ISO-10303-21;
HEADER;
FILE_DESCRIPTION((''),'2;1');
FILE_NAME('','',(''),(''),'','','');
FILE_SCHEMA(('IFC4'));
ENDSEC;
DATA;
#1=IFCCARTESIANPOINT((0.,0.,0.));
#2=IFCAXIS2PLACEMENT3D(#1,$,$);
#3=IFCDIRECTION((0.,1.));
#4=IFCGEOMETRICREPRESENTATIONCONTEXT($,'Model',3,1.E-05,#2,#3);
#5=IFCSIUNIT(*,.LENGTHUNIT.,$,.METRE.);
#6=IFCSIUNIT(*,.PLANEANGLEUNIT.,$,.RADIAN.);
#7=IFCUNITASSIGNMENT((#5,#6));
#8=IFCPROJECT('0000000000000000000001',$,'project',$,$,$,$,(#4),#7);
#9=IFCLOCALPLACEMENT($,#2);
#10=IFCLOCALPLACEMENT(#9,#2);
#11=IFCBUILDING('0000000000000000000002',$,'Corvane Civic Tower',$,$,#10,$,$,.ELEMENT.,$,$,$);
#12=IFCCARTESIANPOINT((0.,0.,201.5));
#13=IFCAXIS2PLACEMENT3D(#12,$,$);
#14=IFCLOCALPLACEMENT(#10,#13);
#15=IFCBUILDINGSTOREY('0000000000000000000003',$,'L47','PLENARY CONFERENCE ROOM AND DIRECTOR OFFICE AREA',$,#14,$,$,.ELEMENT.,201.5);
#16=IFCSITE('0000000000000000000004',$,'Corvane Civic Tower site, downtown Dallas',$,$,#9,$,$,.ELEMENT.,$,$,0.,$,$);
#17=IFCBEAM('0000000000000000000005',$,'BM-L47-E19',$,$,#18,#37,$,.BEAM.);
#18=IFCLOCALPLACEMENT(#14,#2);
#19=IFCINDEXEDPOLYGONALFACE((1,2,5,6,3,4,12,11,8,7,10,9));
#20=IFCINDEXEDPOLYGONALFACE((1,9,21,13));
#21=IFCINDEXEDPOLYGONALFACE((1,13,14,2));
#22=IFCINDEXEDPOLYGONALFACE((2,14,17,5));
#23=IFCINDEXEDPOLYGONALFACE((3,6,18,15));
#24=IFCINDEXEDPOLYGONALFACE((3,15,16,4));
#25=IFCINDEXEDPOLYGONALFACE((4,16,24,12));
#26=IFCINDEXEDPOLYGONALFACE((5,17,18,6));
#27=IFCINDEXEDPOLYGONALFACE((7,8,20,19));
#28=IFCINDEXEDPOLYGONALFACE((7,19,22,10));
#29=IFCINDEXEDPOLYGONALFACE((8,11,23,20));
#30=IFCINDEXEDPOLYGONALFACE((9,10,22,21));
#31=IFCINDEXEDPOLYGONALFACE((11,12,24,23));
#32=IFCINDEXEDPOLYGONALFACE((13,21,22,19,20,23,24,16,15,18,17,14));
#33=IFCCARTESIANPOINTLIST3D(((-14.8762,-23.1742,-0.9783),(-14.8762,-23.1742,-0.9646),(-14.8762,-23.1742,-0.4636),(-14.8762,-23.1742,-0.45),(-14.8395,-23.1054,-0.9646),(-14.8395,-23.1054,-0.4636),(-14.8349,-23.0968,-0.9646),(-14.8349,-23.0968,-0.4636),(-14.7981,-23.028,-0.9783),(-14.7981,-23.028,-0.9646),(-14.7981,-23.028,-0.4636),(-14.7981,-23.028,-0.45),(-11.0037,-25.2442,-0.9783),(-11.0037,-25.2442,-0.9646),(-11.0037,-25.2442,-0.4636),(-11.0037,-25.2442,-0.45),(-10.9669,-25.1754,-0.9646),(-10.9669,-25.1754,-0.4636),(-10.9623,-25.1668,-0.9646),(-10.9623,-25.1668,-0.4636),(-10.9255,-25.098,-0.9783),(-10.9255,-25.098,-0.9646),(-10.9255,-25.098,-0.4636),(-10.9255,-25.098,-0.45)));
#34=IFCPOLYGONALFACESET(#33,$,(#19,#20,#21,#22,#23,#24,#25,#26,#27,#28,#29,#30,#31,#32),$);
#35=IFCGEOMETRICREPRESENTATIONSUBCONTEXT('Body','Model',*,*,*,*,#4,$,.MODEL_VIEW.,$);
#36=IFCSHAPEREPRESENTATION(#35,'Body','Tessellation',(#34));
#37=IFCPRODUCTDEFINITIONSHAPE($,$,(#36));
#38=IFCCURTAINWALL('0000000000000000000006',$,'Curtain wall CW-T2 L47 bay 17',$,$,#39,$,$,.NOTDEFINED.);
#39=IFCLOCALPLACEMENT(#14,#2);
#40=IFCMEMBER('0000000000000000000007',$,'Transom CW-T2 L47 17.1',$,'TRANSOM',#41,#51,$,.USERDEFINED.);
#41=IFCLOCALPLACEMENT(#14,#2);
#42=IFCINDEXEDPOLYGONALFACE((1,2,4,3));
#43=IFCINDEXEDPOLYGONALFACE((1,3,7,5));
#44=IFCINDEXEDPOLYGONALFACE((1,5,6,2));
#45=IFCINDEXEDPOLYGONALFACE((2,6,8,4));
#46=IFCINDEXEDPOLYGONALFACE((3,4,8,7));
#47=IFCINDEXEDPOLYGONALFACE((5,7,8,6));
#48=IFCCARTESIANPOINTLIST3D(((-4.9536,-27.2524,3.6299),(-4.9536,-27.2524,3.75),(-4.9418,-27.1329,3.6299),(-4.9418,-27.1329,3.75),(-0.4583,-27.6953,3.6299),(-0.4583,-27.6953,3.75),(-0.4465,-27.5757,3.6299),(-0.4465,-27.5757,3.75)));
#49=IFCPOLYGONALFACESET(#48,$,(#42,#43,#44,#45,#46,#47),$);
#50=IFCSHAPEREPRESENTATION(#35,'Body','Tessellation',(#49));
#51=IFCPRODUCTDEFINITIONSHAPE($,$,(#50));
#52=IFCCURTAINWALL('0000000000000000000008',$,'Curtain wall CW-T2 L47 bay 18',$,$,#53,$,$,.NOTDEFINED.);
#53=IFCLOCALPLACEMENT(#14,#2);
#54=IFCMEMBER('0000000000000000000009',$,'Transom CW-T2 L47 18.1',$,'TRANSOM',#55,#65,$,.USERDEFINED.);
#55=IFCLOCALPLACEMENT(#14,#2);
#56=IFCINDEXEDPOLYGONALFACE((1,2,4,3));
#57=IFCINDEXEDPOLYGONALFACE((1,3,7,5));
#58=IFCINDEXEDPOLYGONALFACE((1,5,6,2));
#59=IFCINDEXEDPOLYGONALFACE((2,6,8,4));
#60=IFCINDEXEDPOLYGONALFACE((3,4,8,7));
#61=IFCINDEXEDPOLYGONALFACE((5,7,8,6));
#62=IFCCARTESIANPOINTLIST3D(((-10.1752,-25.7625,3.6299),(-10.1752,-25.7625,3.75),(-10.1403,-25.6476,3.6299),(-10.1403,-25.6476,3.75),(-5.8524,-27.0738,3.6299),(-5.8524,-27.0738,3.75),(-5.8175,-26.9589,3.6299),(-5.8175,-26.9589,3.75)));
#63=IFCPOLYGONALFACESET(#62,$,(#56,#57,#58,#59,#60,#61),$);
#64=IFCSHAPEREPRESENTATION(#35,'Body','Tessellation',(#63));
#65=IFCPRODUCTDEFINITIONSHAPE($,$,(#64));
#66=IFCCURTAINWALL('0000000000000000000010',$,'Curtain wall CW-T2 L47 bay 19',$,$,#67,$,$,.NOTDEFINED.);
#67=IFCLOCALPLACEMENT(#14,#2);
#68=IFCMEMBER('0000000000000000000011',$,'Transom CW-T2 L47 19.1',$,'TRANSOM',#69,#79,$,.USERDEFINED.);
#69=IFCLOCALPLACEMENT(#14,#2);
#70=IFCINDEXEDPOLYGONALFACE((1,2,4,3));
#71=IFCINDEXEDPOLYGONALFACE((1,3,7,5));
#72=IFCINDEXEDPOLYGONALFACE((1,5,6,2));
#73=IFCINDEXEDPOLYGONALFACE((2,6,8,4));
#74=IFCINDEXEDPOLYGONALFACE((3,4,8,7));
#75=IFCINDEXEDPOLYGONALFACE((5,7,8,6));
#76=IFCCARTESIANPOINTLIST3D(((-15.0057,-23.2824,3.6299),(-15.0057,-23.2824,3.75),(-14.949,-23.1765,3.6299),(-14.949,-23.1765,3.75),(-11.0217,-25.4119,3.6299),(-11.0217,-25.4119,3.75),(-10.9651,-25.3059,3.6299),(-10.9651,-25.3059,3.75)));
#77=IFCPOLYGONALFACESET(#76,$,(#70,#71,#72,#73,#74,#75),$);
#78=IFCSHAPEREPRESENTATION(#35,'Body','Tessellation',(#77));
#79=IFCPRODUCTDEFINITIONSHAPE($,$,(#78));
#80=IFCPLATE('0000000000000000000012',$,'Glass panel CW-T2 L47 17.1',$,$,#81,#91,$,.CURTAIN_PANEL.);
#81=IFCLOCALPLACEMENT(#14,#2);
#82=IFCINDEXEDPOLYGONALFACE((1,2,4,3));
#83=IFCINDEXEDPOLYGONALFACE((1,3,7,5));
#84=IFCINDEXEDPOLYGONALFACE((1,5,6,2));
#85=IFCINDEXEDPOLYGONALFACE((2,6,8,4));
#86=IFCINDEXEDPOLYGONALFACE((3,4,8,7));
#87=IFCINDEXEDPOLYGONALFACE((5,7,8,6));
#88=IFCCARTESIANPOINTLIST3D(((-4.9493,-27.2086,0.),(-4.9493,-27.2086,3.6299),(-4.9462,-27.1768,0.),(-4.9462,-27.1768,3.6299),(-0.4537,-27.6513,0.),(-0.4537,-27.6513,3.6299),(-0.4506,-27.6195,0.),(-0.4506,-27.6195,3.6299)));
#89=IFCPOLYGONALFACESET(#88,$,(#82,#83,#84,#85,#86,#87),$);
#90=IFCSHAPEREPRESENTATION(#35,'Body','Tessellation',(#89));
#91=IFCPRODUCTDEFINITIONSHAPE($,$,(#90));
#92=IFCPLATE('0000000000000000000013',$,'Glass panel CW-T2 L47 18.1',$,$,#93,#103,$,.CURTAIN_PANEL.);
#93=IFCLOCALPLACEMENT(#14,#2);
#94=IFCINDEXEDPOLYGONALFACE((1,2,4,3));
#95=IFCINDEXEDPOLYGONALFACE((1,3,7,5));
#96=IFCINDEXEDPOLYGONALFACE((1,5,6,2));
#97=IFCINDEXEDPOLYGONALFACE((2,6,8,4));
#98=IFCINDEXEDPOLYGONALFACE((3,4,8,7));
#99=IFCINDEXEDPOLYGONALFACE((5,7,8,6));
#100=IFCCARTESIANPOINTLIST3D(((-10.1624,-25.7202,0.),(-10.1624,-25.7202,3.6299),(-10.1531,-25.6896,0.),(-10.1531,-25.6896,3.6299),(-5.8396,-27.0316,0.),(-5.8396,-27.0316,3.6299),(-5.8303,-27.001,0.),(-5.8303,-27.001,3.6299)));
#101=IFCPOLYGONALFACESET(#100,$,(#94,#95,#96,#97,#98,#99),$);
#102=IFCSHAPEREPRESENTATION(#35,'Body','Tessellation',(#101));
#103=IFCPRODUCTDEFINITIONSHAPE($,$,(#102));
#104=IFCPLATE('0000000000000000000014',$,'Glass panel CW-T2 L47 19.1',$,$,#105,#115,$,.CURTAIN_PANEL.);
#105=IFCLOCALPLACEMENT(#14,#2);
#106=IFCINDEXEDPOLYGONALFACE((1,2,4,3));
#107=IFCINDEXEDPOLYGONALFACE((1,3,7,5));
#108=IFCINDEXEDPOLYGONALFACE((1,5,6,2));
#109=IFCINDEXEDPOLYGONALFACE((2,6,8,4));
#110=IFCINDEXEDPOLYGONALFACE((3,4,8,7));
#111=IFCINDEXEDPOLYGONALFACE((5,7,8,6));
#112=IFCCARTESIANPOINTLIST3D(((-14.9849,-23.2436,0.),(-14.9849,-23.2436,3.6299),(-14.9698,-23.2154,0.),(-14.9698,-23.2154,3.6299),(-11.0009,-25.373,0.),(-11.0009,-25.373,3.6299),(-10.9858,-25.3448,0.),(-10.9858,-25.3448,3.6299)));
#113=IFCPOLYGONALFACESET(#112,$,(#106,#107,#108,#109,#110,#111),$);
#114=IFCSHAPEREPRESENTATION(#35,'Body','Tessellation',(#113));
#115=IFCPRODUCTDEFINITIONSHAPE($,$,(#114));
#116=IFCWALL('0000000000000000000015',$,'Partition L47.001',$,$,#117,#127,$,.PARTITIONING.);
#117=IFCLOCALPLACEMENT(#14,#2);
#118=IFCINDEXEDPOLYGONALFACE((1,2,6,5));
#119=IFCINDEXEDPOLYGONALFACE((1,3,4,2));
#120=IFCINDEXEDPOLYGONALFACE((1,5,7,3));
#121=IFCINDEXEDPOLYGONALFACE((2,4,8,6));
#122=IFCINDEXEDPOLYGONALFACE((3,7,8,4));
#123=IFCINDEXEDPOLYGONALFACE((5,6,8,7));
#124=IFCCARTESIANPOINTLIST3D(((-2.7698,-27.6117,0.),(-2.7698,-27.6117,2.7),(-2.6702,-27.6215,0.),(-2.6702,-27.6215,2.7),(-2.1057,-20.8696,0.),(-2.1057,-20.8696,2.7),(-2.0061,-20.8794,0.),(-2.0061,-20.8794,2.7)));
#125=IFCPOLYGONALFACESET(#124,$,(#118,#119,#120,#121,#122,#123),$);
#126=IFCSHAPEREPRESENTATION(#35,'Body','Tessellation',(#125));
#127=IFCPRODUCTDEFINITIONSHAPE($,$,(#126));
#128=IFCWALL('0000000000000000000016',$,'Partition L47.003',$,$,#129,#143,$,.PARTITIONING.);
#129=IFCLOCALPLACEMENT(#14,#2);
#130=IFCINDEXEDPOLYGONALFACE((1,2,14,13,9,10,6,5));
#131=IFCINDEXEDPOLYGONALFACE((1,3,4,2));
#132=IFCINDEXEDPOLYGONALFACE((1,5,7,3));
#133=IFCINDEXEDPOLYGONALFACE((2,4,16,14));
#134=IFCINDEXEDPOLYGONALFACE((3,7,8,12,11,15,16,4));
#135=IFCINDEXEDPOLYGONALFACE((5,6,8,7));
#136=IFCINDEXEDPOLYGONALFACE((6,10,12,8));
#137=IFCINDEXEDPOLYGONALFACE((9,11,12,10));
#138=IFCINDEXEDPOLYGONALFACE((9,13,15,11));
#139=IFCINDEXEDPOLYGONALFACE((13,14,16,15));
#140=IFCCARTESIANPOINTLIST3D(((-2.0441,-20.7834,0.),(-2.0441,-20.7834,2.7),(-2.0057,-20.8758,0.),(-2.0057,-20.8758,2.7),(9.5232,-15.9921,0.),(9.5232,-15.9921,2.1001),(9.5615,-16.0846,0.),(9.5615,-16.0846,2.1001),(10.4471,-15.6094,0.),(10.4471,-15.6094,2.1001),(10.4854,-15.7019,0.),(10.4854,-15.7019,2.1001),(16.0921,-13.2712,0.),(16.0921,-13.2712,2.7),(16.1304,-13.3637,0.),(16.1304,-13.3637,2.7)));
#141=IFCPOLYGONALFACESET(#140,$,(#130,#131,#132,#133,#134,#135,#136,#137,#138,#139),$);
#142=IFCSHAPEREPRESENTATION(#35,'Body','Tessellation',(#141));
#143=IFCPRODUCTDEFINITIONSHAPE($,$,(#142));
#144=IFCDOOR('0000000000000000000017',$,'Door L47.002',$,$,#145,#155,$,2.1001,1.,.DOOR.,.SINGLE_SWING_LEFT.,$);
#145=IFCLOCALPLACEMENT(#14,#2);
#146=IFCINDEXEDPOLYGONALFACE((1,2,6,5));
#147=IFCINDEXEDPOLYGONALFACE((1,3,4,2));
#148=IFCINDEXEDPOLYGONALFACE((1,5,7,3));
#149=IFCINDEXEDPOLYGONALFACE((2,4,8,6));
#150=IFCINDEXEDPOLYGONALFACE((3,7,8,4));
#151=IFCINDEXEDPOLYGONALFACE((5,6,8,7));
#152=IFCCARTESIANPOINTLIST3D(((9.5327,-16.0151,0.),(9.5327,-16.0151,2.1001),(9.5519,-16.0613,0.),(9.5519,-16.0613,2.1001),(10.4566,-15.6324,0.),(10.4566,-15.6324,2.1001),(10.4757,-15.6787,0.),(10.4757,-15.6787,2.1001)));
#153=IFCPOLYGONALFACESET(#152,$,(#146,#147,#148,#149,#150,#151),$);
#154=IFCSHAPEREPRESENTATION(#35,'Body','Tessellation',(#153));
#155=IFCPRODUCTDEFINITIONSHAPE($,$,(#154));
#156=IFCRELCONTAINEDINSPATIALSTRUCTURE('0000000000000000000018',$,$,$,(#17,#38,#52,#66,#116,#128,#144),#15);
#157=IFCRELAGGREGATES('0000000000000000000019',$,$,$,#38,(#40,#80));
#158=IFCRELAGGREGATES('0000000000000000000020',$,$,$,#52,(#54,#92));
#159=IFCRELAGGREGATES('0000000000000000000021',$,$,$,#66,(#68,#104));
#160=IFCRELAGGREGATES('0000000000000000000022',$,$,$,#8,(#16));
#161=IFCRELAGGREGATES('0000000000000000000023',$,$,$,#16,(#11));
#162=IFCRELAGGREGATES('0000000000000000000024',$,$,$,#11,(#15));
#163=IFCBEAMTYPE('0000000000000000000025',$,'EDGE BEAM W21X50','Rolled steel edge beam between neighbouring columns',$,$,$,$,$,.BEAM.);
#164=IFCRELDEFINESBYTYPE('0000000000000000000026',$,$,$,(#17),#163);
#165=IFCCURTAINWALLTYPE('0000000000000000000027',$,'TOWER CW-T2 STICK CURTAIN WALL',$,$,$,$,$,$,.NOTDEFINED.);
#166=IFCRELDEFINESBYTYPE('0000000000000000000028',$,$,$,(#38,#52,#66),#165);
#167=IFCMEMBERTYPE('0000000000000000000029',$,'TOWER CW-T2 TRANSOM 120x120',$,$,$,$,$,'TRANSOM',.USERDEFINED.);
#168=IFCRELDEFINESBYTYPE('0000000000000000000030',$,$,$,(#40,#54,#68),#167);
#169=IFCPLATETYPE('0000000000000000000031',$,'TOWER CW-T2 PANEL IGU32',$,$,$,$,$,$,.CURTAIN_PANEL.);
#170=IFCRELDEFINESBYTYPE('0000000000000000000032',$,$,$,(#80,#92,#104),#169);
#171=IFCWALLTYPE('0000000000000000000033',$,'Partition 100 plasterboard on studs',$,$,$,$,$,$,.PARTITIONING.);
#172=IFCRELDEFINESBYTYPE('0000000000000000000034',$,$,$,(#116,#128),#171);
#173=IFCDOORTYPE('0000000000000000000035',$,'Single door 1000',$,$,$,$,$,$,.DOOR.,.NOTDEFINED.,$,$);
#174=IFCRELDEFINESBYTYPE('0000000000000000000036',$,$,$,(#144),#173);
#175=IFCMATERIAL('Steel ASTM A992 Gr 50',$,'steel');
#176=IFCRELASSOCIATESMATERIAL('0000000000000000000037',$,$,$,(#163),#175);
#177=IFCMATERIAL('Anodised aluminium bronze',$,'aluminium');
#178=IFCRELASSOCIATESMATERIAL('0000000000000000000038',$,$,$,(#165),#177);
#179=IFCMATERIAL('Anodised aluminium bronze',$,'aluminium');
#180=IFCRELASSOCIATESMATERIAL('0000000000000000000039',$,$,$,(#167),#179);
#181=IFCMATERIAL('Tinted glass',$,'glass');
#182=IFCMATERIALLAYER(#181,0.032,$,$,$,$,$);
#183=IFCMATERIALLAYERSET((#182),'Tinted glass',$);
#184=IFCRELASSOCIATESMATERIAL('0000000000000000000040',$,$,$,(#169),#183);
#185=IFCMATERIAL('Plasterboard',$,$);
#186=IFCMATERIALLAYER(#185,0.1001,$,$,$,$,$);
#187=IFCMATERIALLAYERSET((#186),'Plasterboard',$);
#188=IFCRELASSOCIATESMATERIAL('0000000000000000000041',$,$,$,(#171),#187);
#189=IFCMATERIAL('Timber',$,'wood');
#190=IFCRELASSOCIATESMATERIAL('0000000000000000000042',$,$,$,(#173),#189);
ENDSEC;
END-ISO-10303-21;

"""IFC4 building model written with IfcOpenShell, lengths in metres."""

from ifc_helpers import new_model, si_unit, direction, frame, frame_2d, origin, origin_2d, place, context, subcontext, project, spatial, rectangle, i_section, extrude, material, layer, layer_set, material_profile, profile_set, type_object, element, fill, aggregate, save


model = new_model("IFC4")

# Units and contexts
model_context = context("Model", 3, precision=1e-05, world=origin(), true_north=direction((0.0, 1.0)))
body_context = subcontext(model_context, "Body", "Model", "MODEL_VIEW")
ifc_project = project(units=[si_unit("LENGTHUNIT", "METRE"), si_unit("PLANEANGLEUNIT", "RADIAN")], contexts=[model_context])

# Site, building, storey
site_placement = place(None, origin())
site = spatial("IfcSite", under=ifc_project, at=site_placement, Name="Corvane Civic Tower site, downtown Dallas", CompositionType="ELEMENT", RefElevation=0.0)
building_placement = place(site_placement, origin())
building = spatial("IfcBuilding", under=site, at=building_placement, Name="Corvane Civic Tower", CompositionType="ELEMENT")
storey_placement = place(building_placement, frame((0.0, 0.0, 201.5)))
storey = spatial("IfcBuildingStorey", under=building, at=storey_placement, Name="L47", Description="PLENARY CONFERENCE ROOM AND DIRECTOR OFFICE AREA", CompositionType="ELEMENT", Elevation=201.5)

# Beam
ifc_material_1 = material(Name="Steel ASTM A992 Gr 50", Category="steel")
ifc_material_profile_1 = material_profile(ifc_material_1, i_section(OverallWidth=0.1658, OverallDepth=0.5283, WebThickness=0.0098, FlangeThickness=0.0137, at=origin_2d()), Name="W21X50")
ifc_profile_set_1 = profile_set([ifc_material_profile_1], Name="Steel ASTM A992 Gr 50")
beam_type = type_object("IfcBeamType", Name="EDGE BEAM W21X50", Description="Rolled steel edge beam between neighbouring columns", PredefinedType="BEAM", material=ifc_profile_set_1)
beam_1_placement = place(storey_placement, frame((-10.9646, -25.1711, -0.7141), z_axis=(-0.881908, 0.471422, 0.0), x_axis=(-0.471422, -0.881908, 0.0)))
element("IfcBeam", 1, at=beam_1_placement, inside=storey, type_object=beam_type, Name="BM-L47-E19", PredefinedType="BEAM", context=body_context, shape_type="SweptSolid", body=[
    extrude(i_section(OverallWidth=0.1658, OverallDepth=0.5283, WebThickness=0.0098, FlangeThickness=0.0137, at=origin_2d()), origin(), (0.0, 0.0, 1.0), 4.3911),
])

# Curtain walls, members
ifc_material_2 = material(Name="Anodised aluminium bronze", Category="aluminium")
curtain_wall_type = type_object("IfcCurtainWallType", Name="TOWER CW-T2 STICK CURTAIN WALL", PredefinedType="NOTDEFINED", material=ifc_material_2)
curtain_wall_1_placement = place(storey_placement, origin())
curtain_wall_1 = element("IfcCurtainWall", 2, at=curtain_wall_1_placement, inside=storey, type_object=curtain_wall_type, Name="Curtain wall CW-T2 L47 bay 17", PredefinedType="NOTDEFINED")
ifc_material_3 = material(Name="Anodised aluminium bronze", Category="aluminium")
ifc_material_profile_2 = material_profile(ifc_material_3, rectangle(XDim=0.1201, YDim=0.1201, at=origin_2d()), Name="TOWER CW-T2 TRANSOM 120x120")
ifc_profile_set_2 = profile_set([ifc_material_profile_2], Name="Anodised aluminium bronze")
member_type = type_object("IfcMemberType", Name="TOWER CW-T2 TRANSOM 120x120", ElementType="TRANSOM", PredefinedType="USERDEFINED", material=ifc_profile_set_2)
member_1_placement = place(storey_placement, frame((-0.4524, -27.6355, 3.6899), z_axis=(-0.995182, 0.098043, 0.0), x_axis=(-0.098043, -0.995182, 0.0)))
member_1 = element("IfcMember", 3, at=member_1_placement, type_object=member_type, Name="Transom CW-T2 L47 17.1", ObjectType="TRANSOM", PredefinedType="USERDEFINED", context=body_context, shape_type="SweptSolid", body=[
    extrude(rectangle(XDim=0.1201, YDim=0.1201, at=origin_2d()), origin(), (0.0, 0.0, 1.0), 4.5171),
])
curtain_wall_2_placement = place(storey_placement, origin())
curtain_wall_2 = element("IfcCurtainWall", 4, at=curtain_wall_2_placement, inside=storey, type_object=curtain_wall_type, Name="Curtain wall CW-T2 L47 bay 18", PredefinedType="NOTDEFINED")
member_2_placement = place(storey_placement, frame((-5.835, -27.0164, 3.6899), z_axis=(-0.956941, 0.290282, 0.0), x_axis=(-0.290282, -0.956941, 0.0)))
member_2 = element("IfcMember", 5, at=member_2_placement, type_object=member_type, Name="Transom CW-T2 L47 18.1", ObjectType="TRANSOM", PredefinedType="USERDEFINED", context=body_context, shape_type="SweptSolid", body=[
    extrude(rectangle(XDim=0.1201, YDim=0.1201, at=origin_2d()), origin(), (0.0, 0.0, 1.0), 4.5173),
])
curtain_wall_3_placement = place(storey_placement, origin())
curtain_wall_3 = element("IfcCurtainWall", 6, at=curtain_wall_3_placement, inside=storey, type_object=curtain_wall_type, Name="Curtain wall CW-T2 L47 bay 19", PredefinedType="NOTDEFINED")
member_3_placement = place(storey_placement, frame((-10.9934, -25.3589, 3.6899), z_axis=(-0.881925, 0.47139, 0.0), x_axis=(-0.47139, -0.881925, 0.0)))
member_3 = element("IfcMember", 7, at=member_3_placement, type_object=member_type, Name="Transom CW-T2 L47 19.1", ObjectType="TRANSOM", PredefinedType="USERDEFINED", context=body_context, shape_type="SweptSolid", body=[
    extrude(rectangle(XDim=0.1201, YDim=0.1201, at=origin_2d()), origin(), (0.0, 0.0, 1.0), 4.5173),
])

# Plates
ifc_material_4 = material(Name="Tinted glass", Category="glass")
ifc_layer_1 = layer(ifc_material_4, 0.032)
ifc_layer_set_1 = layer_set([ifc_layer_1], Name="Tinted glass")
plate_type = type_object("IfcPlateType", Name="TOWER CW-T2 PANEL IGU32", PredefinedType="CURTAIN_PANEL", material=ifc_layer_set_1)
plate_1_placement = place(storey_placement, frame((-2.7, -27.4141, 0.0), z_axis=(0.0, 0.0, 1.0), x_axis=(-0.995187, 0.097993, 0.0)))
plate_1 = element("IfcPlate", 8, at=plate_1_placement, type_object=plate_type, Name="Glass panel CW-T2 L47 17.1", PredefinedType="CURTAIN_PANEL", context=body_context, shape_type="SweptSolid", body=[
    extrude(rectangle(XDim=4.5173, YDim=0.032, at=origin_2d()), origin(), (0.0, 0.0, 1.0), 3.6299),
])
aggregate(curtain_wall_1, [member_1, plate_1])
plate_2_placement = place(storey_placement, frame((-7.9963, -26.3606, 0.0), z_axis=(0.0, 0.0, 1.0), x_axis=(-0.956939, 0.29029, 0.0)))
plate_2 = element("IfcPlate", 9, at=plate_2_placement, type_object=plate_type, Name="Glass panel CW-T2 L47 18.1", PredefinedType="CURTAIN_PANEL", context=body_context, shape_type="SweptSolid", body=[
    extrude(rectangle(XDim=4.5173, YDim=0.032, at=origin_2d()), origin(), (0.0, 0.0, 1.0), 3.6299),
])
aggregate(curtain_wall_2, [member_2, plate_2])
plate_3_placement = place(storey_placement, frame((-12.9854, -24.2942, 0.0), z_axis=(0.0, 0.0, 1.0), x_axis=(-0.88192, 0.471398, 0.0)))
plate_3 = element("IfcPlate", 10, at=plate_3_placement, type_object=plate_type, Name="Glass panel CW-T2 L47 19.1", PredefinedType="CURTAIN_PANEL", context=body_context, shape_type="SweptSolid", body=[
    extrude(rectangle(XDim=4.5173, YDim=0.032, at=origin_2d()), origin(), (0.0, 0.0, 1.0), 3.6299),
])
aggregate(curtain_wall_3, [member_3, plate_3])

# Wall
ifc_material_5 = material(Name="Plasterboard")
ifc_layer_2 = layer(ifc_material_5, 0.1001)
ifc_layer_set_2 = layer_set([ifc_layer_2], Name="Plasterboard")
wall_type = type_object("IfcWallType", Name="Partition 100 plasterboard on studs", PredefinedType="PARTITIONING", material=ifc_layer_set_2)
wall_1_placement = place(storey_placement, frame((-2.72, -27.6165, 0.0), z_axis=(0.0, 0.0, 1.0), x_axis=(0.098023, 0.995184, 0.0)))
element("IfcWall", 11, at=wall_1_placement, inside=storey, type_object=wall_type, Name="Partition L47.001", PredefinedType="PARTITIONING", context=body_context, shape_type="SweptSolid", body=[
    extrude(rectangle(XDim=6.7747, YDim=0.1001, at=frame_2d((3.3872, 0.0))), origin(), (0.0, 0.0, 1.0), 2.7),
])

# Wall, opening, door
wall_2_placement = place(storey_placement, frame((-2.0249, -20.8296, 0.0), z_axis=(0.0, 0.0, 1.0), x_axis=(0.923881, 0.382681, 0.0)))
wall_2 = element("IfcWall", 12, at=wall_2_placement, inside=storey, type_object=wall_type, Name="Partition L47.003", PredefinedType="PARTITIONING", context=body_context, shape_type="SweptSolid", body=[
    extrude(rectangle(XDim=19.6304, YDim=0.1001, at=frame_2d((9.8152, 0.0))), origin(), (0.0, 0.0, 1.0), 2.7),
])
opening_1_placement = place(wall_2_placement, frame((12.5203, 0.0, 0.0)))
opening_1 = element("IfcOpeningElement", 13, at=opening_1_placement, cuts=wall_2, PredefinedType="OPENING", context=body_context, shape_type="SweptSolid", body=[
    extrude(rectangle(XDim=1.0, YDim=2.1001, at=frame_2d((0.5, 1.05))), frame((0.0, 0.0601, 0.0), z_axis=(0.0, -1.0, 0.0), x_axis=(1.0, 0.0, 0.0)), (0.0, 0.0, 1.0), 0.1201),
])
ifc_material_6 = material(Name="Timber", Category="wood")
door_type_1 = type_object("IfcDoorType", Name="Single door 1000", OperationType="NOTDEFINED", PredefinedType="DOOR", material=ifc_material_6)
door_1_placement = place(opening_1_placement, frame((1.0, 0.0, 0.0), z_axis=(0.0, 0.0, 1.0), x_axis=(-1.0, 0.0, 0.0)))
door_1 = element("IfcDoor", 14, at=door_1_placement, inside=storey, type_object=door_type_1, Name="Door L47.002", OperationType="SINGLE_SWING_LEFT", OverallHeight=2.1001, OverallWidth=1.0, PredefinedType="DOOR", context=body_context, shape_type="SweptSolid", body=[
    extrude(rectangle(XDim=1.0, YDim=2.1001, at=frame_2d((0.5, 1.05))), frame((0.0, 0.0249, 0.0), z_axis=(0.0, -1.0, 0.0), x_axis=(1.0, 0.0, 0.0)), (0.0, 0.0, 1.0), 0.05),
])
fill(opening_1, door_1)

save(model, "model.ifc")
